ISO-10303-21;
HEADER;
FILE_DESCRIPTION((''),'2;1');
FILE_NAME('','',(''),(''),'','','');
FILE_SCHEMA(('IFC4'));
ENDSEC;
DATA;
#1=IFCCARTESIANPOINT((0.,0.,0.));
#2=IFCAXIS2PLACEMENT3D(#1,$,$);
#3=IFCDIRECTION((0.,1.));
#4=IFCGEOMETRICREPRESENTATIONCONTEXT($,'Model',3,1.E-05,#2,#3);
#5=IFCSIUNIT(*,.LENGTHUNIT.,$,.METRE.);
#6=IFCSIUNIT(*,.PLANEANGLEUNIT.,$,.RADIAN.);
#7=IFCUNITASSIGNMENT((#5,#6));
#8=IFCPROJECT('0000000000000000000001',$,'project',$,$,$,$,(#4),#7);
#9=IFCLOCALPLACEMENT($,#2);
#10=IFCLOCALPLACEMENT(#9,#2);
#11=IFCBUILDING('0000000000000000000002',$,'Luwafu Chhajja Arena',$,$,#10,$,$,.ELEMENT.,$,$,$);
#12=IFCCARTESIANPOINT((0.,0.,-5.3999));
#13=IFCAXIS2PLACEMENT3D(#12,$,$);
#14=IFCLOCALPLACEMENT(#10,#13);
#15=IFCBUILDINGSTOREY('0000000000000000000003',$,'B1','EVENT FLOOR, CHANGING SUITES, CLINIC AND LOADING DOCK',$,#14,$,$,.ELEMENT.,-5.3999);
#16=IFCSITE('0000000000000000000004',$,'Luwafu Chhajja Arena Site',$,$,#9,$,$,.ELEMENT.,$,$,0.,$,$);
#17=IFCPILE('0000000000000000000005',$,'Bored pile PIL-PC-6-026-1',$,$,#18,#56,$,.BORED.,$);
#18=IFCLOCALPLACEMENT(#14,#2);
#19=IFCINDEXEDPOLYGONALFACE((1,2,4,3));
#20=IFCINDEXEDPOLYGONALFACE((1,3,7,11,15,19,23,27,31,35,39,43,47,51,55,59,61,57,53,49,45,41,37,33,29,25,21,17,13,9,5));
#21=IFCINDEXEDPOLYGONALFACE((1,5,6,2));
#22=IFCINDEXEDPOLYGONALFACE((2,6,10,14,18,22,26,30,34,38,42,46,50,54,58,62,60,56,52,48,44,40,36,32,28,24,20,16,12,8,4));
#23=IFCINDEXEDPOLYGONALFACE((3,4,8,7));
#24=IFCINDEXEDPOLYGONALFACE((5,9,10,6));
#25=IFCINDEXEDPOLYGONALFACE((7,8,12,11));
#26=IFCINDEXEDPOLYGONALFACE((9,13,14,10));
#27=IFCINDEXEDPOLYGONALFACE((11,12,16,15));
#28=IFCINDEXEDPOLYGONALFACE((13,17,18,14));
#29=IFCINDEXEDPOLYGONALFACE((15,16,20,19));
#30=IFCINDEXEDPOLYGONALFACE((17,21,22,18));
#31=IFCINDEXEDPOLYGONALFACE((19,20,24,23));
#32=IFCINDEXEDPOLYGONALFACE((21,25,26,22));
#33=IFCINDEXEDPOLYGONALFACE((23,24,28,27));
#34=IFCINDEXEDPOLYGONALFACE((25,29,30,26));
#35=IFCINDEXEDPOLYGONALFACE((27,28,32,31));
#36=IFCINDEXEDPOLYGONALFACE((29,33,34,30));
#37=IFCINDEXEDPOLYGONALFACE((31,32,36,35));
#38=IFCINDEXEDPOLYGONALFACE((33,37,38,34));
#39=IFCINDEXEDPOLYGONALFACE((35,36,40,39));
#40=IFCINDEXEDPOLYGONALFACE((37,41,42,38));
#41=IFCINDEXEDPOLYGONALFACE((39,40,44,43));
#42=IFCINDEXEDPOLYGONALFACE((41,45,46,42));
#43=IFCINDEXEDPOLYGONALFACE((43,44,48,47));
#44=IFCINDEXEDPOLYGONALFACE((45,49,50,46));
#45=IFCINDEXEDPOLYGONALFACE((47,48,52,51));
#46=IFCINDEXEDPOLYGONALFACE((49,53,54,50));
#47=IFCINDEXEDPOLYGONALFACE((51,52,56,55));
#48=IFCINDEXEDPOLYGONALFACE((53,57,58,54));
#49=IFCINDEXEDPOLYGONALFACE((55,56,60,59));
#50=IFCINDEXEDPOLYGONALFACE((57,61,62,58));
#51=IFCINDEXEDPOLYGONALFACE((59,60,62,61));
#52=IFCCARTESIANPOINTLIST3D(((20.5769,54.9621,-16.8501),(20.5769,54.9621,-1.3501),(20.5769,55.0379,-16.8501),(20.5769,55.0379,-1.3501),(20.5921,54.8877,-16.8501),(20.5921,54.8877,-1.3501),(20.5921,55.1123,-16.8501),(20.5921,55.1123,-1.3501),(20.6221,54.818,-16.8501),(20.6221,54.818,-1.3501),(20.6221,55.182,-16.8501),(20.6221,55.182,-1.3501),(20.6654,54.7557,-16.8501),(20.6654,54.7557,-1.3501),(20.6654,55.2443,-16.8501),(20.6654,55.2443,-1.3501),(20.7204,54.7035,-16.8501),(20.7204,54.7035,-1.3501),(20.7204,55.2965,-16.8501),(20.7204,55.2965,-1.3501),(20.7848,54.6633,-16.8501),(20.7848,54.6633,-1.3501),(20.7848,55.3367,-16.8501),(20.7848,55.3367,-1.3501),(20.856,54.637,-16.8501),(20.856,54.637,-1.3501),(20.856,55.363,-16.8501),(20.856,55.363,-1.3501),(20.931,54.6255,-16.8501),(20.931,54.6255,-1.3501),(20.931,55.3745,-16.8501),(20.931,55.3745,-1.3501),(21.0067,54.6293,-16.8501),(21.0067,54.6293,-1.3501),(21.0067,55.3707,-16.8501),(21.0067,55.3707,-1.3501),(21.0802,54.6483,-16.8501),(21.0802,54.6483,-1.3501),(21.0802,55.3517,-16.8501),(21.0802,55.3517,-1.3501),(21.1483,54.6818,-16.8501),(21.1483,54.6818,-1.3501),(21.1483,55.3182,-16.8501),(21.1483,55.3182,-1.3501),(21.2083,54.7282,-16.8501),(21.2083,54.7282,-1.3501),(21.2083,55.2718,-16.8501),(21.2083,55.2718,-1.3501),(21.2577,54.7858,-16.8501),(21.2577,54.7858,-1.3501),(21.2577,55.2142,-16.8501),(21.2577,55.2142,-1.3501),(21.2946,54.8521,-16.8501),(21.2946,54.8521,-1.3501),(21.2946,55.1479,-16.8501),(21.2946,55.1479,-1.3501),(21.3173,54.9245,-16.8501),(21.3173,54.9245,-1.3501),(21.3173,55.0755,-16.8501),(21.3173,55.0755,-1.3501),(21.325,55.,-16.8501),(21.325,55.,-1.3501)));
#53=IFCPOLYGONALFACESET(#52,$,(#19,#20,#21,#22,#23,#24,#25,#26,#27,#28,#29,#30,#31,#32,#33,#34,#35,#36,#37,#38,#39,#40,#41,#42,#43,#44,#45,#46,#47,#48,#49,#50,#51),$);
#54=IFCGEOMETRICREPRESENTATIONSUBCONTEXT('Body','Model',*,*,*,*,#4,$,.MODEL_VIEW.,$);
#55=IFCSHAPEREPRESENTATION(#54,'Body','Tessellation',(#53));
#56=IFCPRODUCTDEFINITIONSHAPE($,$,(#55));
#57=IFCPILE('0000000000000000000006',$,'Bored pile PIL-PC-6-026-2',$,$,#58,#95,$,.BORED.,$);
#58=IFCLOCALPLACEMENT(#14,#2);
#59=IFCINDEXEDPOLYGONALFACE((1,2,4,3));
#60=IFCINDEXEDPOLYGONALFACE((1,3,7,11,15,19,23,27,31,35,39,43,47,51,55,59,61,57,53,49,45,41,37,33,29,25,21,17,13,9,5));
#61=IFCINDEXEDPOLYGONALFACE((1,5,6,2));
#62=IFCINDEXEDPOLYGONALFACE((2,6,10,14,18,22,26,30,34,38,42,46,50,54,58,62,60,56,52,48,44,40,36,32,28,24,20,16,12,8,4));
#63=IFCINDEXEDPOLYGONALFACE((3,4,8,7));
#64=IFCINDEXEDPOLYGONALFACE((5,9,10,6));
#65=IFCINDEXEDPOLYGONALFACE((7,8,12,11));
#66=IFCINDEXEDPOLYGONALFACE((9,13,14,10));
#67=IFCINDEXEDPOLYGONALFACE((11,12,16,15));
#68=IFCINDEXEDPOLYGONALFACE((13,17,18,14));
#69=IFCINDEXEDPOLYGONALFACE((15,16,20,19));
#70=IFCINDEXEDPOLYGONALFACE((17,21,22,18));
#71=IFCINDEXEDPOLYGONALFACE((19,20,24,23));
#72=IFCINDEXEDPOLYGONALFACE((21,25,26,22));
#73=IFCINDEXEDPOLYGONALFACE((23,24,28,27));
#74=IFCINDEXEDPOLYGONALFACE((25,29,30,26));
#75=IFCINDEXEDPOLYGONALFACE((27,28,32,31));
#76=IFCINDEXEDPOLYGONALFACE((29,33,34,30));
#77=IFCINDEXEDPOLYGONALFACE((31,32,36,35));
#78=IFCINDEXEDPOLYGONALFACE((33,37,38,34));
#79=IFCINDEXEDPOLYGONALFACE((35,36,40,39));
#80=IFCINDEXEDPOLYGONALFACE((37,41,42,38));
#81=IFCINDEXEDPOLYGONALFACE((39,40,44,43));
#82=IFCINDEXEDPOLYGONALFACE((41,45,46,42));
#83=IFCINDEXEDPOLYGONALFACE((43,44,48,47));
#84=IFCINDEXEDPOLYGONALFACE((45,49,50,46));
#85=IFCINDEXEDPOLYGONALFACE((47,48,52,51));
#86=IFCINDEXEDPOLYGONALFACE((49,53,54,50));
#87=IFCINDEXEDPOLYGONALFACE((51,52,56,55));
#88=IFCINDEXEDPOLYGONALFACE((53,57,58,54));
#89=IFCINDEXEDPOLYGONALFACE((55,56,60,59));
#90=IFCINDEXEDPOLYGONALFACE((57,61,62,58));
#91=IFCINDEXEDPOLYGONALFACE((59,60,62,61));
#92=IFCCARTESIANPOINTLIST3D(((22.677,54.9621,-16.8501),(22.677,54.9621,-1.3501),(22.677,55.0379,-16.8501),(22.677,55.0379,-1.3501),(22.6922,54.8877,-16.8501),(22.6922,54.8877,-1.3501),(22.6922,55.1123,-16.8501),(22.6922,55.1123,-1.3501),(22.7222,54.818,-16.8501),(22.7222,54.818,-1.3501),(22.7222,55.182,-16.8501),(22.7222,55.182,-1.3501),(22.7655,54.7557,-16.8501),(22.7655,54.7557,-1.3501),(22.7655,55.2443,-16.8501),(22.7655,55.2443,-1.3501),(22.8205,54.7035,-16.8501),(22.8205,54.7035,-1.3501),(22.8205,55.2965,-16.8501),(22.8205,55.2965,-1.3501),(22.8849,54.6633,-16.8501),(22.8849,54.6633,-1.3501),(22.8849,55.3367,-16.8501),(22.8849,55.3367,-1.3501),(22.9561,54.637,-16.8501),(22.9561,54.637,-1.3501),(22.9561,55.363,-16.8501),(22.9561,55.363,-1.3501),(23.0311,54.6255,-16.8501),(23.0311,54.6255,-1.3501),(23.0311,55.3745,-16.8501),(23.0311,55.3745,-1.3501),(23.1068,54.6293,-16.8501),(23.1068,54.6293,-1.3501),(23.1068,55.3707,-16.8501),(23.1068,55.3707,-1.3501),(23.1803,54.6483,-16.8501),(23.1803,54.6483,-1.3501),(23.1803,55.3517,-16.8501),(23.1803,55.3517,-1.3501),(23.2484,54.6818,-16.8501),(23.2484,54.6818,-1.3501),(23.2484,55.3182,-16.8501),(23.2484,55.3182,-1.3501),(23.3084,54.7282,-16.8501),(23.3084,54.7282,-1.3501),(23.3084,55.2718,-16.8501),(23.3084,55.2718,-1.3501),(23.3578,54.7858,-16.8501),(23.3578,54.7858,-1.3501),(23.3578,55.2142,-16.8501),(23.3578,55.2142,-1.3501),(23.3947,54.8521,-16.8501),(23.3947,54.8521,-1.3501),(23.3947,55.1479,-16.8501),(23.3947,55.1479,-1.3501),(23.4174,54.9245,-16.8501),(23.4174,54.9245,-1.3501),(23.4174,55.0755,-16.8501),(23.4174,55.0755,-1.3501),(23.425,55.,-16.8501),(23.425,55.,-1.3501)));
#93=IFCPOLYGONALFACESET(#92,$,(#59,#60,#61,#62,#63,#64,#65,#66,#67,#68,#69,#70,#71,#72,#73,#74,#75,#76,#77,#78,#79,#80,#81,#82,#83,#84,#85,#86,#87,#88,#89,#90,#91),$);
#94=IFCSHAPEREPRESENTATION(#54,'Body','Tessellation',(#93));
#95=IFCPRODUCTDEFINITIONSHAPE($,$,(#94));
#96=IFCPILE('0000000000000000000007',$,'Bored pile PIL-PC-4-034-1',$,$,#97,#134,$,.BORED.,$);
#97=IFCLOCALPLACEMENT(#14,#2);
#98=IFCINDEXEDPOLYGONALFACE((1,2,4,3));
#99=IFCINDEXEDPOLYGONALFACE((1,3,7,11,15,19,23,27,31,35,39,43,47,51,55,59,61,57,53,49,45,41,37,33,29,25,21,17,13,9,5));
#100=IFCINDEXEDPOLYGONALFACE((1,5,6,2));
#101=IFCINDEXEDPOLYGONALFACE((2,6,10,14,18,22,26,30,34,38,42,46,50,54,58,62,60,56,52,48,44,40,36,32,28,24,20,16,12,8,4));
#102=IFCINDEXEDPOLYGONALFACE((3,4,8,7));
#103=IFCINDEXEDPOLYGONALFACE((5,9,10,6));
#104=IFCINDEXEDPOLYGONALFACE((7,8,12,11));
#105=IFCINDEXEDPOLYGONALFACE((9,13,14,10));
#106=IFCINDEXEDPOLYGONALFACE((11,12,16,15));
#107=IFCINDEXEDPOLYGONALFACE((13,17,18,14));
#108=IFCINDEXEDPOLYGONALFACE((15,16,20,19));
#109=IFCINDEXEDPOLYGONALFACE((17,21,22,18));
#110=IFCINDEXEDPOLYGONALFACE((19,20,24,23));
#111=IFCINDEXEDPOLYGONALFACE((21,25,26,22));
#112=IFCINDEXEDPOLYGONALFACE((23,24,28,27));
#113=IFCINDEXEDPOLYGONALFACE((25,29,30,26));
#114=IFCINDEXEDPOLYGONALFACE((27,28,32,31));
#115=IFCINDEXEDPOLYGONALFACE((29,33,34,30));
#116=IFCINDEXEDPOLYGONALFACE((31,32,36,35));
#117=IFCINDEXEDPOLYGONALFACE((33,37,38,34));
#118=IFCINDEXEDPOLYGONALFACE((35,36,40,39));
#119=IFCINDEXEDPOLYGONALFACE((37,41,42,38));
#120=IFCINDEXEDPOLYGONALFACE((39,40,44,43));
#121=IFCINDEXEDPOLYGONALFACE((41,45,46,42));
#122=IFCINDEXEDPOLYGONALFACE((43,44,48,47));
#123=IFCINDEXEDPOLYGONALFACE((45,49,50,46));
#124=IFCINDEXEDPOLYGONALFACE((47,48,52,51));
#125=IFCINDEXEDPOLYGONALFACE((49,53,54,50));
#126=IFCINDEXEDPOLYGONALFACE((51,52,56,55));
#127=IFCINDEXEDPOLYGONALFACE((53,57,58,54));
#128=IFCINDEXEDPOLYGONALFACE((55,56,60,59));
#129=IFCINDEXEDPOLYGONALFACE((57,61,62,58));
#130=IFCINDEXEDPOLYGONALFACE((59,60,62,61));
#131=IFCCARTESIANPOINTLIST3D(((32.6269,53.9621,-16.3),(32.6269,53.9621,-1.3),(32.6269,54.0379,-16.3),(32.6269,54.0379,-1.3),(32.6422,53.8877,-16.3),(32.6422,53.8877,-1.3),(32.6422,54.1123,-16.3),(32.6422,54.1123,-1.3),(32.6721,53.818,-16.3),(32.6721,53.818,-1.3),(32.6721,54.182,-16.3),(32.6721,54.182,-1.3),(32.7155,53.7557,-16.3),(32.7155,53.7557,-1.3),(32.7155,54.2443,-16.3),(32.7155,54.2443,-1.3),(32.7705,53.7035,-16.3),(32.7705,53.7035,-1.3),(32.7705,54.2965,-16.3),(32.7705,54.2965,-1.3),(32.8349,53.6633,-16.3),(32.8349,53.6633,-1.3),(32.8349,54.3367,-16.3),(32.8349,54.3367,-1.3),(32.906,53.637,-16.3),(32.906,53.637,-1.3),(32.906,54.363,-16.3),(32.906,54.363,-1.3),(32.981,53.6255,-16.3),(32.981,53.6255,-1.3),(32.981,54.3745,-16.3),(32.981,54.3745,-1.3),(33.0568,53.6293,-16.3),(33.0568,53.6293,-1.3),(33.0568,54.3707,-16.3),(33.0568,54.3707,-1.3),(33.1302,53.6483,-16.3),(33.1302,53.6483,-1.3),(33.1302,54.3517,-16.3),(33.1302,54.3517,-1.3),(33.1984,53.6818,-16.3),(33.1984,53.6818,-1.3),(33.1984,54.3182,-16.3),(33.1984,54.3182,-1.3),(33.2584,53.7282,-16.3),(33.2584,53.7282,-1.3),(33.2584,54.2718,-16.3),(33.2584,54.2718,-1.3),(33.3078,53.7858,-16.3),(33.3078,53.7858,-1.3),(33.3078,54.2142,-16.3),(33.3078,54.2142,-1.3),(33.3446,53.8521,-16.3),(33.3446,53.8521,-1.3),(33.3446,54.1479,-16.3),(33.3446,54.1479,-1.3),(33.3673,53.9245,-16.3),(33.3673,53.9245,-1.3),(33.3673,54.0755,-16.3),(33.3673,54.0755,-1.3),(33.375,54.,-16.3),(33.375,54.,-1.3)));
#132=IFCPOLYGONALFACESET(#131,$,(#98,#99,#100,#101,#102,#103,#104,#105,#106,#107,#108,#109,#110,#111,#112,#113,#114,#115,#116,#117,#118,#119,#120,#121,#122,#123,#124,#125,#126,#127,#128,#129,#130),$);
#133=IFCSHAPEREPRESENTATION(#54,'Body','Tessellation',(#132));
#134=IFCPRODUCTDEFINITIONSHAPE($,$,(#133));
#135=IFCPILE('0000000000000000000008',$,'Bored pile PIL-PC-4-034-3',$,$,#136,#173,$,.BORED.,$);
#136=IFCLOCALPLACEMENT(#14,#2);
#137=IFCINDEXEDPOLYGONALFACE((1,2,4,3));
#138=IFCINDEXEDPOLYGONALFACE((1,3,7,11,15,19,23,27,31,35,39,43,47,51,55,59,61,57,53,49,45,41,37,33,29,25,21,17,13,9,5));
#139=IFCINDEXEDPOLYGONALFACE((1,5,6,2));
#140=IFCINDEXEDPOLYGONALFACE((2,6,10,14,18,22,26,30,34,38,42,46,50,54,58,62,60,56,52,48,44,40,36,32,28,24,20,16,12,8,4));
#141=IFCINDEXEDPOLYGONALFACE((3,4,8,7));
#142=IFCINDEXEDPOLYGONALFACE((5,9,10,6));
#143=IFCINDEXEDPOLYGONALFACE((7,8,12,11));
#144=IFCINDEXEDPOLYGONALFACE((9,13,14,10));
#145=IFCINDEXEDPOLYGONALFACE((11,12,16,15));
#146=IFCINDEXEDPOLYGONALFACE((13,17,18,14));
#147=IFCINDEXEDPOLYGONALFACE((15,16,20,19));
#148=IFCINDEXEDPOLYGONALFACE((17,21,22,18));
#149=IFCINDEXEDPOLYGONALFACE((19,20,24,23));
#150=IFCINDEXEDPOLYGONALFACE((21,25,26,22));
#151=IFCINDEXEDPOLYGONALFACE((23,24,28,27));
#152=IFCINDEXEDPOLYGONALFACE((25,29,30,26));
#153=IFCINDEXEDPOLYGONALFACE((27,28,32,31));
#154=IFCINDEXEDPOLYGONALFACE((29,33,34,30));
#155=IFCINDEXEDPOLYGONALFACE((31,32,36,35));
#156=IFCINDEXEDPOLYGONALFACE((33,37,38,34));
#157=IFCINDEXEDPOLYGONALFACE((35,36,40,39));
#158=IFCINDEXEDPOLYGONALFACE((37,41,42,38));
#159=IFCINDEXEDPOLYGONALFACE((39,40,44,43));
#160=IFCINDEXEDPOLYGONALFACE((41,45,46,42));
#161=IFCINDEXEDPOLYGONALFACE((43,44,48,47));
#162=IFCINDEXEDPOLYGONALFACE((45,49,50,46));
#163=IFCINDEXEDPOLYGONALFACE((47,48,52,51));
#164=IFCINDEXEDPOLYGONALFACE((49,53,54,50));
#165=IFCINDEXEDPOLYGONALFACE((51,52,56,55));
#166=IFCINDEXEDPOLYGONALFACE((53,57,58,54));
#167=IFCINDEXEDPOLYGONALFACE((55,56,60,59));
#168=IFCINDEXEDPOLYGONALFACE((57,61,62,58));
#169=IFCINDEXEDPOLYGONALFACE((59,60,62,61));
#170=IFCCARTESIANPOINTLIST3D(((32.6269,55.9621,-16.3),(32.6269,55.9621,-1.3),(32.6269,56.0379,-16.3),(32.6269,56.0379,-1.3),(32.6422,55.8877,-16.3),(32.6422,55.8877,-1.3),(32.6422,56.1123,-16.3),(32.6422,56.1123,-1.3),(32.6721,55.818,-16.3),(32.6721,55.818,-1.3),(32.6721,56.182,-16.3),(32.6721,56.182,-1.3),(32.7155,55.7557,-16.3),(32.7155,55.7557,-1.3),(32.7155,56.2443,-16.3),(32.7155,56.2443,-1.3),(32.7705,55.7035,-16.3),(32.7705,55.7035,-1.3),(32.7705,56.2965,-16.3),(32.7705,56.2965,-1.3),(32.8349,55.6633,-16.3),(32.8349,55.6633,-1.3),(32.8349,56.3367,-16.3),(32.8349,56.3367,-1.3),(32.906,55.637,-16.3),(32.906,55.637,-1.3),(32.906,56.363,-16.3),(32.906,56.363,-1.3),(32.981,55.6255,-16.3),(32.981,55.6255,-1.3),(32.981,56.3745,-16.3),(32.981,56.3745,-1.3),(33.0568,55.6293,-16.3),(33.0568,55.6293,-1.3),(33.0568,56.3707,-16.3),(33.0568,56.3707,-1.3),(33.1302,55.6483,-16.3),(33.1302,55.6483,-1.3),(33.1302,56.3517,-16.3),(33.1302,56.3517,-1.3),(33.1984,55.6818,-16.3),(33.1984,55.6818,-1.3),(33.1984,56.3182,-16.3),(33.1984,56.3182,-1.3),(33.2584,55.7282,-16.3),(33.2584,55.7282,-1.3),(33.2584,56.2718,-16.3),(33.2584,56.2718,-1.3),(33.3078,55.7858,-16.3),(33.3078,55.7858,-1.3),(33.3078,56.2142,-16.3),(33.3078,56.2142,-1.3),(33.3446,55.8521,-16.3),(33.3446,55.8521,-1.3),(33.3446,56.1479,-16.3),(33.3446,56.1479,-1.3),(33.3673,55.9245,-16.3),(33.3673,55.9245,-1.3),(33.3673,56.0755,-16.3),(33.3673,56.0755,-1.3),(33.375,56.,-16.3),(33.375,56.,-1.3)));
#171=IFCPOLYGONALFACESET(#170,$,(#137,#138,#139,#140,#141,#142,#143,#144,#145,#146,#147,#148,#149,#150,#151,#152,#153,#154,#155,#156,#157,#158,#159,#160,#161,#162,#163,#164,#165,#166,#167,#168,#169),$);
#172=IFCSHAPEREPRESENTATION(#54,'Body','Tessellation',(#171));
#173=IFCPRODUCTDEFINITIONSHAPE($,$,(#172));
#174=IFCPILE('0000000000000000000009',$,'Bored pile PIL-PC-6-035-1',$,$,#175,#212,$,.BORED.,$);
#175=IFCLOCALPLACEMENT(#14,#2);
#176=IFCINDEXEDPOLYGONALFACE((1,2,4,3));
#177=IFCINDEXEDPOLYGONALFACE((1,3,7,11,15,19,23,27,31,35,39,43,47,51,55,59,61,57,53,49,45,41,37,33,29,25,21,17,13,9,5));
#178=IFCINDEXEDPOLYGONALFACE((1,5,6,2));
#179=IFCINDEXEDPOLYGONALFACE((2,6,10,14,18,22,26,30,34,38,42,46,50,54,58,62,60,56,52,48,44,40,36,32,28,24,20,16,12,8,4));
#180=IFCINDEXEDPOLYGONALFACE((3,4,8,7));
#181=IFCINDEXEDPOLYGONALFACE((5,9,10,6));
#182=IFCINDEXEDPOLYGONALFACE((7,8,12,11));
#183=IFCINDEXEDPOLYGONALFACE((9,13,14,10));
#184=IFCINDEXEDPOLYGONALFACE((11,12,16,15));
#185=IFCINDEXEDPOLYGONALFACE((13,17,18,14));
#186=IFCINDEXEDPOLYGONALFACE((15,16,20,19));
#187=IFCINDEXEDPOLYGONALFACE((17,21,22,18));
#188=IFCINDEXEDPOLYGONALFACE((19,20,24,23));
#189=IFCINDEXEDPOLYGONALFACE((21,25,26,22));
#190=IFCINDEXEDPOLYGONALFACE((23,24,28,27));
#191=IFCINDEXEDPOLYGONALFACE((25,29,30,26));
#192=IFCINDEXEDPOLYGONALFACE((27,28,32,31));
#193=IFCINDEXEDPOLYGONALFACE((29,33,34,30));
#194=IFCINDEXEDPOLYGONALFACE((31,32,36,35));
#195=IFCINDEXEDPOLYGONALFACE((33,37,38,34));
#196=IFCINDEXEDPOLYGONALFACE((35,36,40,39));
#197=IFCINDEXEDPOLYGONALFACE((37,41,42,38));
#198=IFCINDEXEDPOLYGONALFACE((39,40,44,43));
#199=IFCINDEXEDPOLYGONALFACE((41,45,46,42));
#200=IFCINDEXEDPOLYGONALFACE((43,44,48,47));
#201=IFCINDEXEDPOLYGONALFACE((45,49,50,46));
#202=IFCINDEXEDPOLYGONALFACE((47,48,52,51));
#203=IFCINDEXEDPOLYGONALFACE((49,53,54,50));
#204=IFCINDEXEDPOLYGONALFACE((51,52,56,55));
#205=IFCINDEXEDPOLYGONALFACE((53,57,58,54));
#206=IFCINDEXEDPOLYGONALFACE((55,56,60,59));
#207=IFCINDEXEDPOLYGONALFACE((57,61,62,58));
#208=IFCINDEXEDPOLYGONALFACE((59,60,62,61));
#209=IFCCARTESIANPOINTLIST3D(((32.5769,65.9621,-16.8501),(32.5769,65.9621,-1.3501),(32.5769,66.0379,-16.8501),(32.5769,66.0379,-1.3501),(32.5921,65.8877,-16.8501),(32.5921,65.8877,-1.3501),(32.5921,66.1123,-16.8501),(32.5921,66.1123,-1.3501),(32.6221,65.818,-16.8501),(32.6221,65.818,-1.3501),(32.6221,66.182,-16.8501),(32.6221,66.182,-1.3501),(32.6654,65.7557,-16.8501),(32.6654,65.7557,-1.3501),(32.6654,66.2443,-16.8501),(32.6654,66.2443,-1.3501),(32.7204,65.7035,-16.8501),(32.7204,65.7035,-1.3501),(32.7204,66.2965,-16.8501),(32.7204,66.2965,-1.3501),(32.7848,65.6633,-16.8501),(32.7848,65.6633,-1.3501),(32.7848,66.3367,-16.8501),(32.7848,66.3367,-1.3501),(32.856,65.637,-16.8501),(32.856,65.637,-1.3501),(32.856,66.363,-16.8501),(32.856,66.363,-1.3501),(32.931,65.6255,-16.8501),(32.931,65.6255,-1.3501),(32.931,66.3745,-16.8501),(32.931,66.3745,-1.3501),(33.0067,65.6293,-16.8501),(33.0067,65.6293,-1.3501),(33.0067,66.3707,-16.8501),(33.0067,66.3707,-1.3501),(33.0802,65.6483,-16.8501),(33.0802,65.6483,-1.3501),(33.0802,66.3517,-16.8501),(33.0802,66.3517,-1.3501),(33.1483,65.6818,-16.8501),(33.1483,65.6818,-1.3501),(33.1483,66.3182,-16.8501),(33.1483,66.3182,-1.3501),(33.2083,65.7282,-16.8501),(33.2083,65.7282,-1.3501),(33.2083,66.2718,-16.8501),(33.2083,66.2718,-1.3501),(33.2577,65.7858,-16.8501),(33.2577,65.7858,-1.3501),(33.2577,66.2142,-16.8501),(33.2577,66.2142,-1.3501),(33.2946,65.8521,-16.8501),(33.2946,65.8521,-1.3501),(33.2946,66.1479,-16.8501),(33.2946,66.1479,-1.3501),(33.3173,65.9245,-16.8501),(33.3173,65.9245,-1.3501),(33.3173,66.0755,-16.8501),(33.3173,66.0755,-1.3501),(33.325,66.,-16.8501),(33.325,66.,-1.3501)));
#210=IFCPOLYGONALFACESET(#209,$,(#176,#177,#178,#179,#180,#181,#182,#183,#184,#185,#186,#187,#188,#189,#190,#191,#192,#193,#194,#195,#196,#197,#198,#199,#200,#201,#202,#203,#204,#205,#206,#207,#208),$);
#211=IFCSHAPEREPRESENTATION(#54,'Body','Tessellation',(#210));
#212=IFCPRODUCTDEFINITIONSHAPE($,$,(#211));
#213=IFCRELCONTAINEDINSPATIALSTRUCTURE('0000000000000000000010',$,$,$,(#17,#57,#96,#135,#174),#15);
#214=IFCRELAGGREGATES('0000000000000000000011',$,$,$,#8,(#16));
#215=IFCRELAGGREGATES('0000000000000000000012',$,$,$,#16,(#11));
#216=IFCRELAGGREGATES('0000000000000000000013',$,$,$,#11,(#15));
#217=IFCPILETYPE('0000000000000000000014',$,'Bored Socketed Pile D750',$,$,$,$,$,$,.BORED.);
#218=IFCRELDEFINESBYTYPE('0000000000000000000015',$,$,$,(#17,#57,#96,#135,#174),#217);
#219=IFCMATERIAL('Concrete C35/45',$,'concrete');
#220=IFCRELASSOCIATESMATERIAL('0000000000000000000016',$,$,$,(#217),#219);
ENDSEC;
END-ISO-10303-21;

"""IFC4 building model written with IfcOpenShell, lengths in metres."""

from ifc_helpers import new_model, si_unit, direction, frame, origin, origin_2d, place, context, subcontext, project, spatial, circle, extrude, material, material_profile, profile_set, type_object, element, save


model = new_model("IFC4")

# Units and contexts
model_context = context("Model", 3, precision=1e-05, world=origin(), true_north=direction((0.0, 1.0)))
body_context = subcontext(model_context, "Body", "Model", "MODEL_VIEW")
ifc_project = project(units=[si_unit("LENGTHUNIT", "METRE"), si_unit("PLANEANGLEUNIT", "RADIAN")], contexts=[model_context])

# Site, building, storey
site_placement = place(None, origin())
site = spatial("IfcSite", under=ifc_project, at=site_placement, Name="Luwafu Chhajja Arena Site", CompositionType="ELEMENT", RefElevation=0.0)
building_placement = place(site_placement, origin())
building = spatial("IfcBuilding", under=site, at=building_placement, Name="Luwafu Chhajja Arena", CompositionType="ELEMENT")
storey_placement = place(building_placement, frame((0.0, 0.0, -5.3999)))
storey = spatial("IfcBuildingStorey", under=building, at=storey_placement, Name="B1", Description="EVENT FLOOR, CHANGING SUITES, CLINIC AND LOADING DOCK", CompositionType="ELEMENT", Elevation=-5.3999)

# Piles
ifc_material_1 = material(Name="Concrete C35/45", Category="concrete")
ifc_material_profile_1 = material_profile(ifc_material_1, circle(Radius=0.375, at=origin_2d()), Name="PILE D750")
ifc_profile_set_1 = profile_set([ifc_material_profile_1], Name="Concrete C35/45")
pile_type_1 = type_object("IfcPileType", Name="Bored Socketed Pile D750", PredefinedType="BORED", material=ifc_profile_set_1)
for number, where, z_axis, x_axis, name in (
    (1, (20.95, 55.0, -1.3501), (0.0, 0.0, -1.0), (1.0, 0.0, 0.0), "Bored pile PIL-PC-6-026-1"),
    (2, (23.05, 55.0, -1.3501), (0.0, 0.0, -1.0), (1.0, 0.0, 0.0), "Bored pile PIL-PC-6-026-2"),
):
    element("IfcPile", number, at=place(storey_placement, frame(where, z_axis=z_axis, x_axis=x_axis)), inside=storey, type_object=pile_type_1, Name=name, PredefinedType="BORED", context=body_context, shape_type="SweptSolid", body=[
        extrude(circle(Radius=0.375, at=origin_2d()), origin(), (0.0, 0.0, 1.0), 15.5),
    ])
for number, where, z_axis, x_axis, name in (
    (3, (33.0, 54.0, -1.3), (0.0, 0.0, -1.0), (1.0, 0.0, 0.0), "Bored pile PIL-PC-4-034-1"),
    (4, (33.0, 56.0, -1.3), (0.0, 0.0, -1.0), (1.0, 0.0, 0.0), "Bored pile PIL-PC-4-034-3"),
):
    element("IfcPile", number, at=place(storey_placement, frame(where, z_axis=z_axis, x_axis=x_axis)), inside=storey, type_object=pile_type_1, Name=name, PredefinedType="BORED", context=body_context, shape_type="SweptSolid", body=[
        extrude(circle(Radius=0.375, at=origin_2d()), origin(), (0.0, 0.0, 1.0), 15.0),
    ])
pile_placement = place(storey_placement, frame((32.95, 66.0, -1.3501), z_axis=(0.0, 0.0, -1.0), x_axis=(1.0, 0.0, 0.0)))
element("IfcPile", 5, at=pile_placement, inside=storey, type_object=pile_type_1, Name="Bored pile PIL-PC-6-035-1", PredefinedType="BORED", context=body_context, shape_type="SweptSolid", body=[
    extrude(circle(Radius=0.375, at=origin_2d()), origin(), (0.0, 0.0, 1.0), 15.5),
])

save(model, "model.ifc")
